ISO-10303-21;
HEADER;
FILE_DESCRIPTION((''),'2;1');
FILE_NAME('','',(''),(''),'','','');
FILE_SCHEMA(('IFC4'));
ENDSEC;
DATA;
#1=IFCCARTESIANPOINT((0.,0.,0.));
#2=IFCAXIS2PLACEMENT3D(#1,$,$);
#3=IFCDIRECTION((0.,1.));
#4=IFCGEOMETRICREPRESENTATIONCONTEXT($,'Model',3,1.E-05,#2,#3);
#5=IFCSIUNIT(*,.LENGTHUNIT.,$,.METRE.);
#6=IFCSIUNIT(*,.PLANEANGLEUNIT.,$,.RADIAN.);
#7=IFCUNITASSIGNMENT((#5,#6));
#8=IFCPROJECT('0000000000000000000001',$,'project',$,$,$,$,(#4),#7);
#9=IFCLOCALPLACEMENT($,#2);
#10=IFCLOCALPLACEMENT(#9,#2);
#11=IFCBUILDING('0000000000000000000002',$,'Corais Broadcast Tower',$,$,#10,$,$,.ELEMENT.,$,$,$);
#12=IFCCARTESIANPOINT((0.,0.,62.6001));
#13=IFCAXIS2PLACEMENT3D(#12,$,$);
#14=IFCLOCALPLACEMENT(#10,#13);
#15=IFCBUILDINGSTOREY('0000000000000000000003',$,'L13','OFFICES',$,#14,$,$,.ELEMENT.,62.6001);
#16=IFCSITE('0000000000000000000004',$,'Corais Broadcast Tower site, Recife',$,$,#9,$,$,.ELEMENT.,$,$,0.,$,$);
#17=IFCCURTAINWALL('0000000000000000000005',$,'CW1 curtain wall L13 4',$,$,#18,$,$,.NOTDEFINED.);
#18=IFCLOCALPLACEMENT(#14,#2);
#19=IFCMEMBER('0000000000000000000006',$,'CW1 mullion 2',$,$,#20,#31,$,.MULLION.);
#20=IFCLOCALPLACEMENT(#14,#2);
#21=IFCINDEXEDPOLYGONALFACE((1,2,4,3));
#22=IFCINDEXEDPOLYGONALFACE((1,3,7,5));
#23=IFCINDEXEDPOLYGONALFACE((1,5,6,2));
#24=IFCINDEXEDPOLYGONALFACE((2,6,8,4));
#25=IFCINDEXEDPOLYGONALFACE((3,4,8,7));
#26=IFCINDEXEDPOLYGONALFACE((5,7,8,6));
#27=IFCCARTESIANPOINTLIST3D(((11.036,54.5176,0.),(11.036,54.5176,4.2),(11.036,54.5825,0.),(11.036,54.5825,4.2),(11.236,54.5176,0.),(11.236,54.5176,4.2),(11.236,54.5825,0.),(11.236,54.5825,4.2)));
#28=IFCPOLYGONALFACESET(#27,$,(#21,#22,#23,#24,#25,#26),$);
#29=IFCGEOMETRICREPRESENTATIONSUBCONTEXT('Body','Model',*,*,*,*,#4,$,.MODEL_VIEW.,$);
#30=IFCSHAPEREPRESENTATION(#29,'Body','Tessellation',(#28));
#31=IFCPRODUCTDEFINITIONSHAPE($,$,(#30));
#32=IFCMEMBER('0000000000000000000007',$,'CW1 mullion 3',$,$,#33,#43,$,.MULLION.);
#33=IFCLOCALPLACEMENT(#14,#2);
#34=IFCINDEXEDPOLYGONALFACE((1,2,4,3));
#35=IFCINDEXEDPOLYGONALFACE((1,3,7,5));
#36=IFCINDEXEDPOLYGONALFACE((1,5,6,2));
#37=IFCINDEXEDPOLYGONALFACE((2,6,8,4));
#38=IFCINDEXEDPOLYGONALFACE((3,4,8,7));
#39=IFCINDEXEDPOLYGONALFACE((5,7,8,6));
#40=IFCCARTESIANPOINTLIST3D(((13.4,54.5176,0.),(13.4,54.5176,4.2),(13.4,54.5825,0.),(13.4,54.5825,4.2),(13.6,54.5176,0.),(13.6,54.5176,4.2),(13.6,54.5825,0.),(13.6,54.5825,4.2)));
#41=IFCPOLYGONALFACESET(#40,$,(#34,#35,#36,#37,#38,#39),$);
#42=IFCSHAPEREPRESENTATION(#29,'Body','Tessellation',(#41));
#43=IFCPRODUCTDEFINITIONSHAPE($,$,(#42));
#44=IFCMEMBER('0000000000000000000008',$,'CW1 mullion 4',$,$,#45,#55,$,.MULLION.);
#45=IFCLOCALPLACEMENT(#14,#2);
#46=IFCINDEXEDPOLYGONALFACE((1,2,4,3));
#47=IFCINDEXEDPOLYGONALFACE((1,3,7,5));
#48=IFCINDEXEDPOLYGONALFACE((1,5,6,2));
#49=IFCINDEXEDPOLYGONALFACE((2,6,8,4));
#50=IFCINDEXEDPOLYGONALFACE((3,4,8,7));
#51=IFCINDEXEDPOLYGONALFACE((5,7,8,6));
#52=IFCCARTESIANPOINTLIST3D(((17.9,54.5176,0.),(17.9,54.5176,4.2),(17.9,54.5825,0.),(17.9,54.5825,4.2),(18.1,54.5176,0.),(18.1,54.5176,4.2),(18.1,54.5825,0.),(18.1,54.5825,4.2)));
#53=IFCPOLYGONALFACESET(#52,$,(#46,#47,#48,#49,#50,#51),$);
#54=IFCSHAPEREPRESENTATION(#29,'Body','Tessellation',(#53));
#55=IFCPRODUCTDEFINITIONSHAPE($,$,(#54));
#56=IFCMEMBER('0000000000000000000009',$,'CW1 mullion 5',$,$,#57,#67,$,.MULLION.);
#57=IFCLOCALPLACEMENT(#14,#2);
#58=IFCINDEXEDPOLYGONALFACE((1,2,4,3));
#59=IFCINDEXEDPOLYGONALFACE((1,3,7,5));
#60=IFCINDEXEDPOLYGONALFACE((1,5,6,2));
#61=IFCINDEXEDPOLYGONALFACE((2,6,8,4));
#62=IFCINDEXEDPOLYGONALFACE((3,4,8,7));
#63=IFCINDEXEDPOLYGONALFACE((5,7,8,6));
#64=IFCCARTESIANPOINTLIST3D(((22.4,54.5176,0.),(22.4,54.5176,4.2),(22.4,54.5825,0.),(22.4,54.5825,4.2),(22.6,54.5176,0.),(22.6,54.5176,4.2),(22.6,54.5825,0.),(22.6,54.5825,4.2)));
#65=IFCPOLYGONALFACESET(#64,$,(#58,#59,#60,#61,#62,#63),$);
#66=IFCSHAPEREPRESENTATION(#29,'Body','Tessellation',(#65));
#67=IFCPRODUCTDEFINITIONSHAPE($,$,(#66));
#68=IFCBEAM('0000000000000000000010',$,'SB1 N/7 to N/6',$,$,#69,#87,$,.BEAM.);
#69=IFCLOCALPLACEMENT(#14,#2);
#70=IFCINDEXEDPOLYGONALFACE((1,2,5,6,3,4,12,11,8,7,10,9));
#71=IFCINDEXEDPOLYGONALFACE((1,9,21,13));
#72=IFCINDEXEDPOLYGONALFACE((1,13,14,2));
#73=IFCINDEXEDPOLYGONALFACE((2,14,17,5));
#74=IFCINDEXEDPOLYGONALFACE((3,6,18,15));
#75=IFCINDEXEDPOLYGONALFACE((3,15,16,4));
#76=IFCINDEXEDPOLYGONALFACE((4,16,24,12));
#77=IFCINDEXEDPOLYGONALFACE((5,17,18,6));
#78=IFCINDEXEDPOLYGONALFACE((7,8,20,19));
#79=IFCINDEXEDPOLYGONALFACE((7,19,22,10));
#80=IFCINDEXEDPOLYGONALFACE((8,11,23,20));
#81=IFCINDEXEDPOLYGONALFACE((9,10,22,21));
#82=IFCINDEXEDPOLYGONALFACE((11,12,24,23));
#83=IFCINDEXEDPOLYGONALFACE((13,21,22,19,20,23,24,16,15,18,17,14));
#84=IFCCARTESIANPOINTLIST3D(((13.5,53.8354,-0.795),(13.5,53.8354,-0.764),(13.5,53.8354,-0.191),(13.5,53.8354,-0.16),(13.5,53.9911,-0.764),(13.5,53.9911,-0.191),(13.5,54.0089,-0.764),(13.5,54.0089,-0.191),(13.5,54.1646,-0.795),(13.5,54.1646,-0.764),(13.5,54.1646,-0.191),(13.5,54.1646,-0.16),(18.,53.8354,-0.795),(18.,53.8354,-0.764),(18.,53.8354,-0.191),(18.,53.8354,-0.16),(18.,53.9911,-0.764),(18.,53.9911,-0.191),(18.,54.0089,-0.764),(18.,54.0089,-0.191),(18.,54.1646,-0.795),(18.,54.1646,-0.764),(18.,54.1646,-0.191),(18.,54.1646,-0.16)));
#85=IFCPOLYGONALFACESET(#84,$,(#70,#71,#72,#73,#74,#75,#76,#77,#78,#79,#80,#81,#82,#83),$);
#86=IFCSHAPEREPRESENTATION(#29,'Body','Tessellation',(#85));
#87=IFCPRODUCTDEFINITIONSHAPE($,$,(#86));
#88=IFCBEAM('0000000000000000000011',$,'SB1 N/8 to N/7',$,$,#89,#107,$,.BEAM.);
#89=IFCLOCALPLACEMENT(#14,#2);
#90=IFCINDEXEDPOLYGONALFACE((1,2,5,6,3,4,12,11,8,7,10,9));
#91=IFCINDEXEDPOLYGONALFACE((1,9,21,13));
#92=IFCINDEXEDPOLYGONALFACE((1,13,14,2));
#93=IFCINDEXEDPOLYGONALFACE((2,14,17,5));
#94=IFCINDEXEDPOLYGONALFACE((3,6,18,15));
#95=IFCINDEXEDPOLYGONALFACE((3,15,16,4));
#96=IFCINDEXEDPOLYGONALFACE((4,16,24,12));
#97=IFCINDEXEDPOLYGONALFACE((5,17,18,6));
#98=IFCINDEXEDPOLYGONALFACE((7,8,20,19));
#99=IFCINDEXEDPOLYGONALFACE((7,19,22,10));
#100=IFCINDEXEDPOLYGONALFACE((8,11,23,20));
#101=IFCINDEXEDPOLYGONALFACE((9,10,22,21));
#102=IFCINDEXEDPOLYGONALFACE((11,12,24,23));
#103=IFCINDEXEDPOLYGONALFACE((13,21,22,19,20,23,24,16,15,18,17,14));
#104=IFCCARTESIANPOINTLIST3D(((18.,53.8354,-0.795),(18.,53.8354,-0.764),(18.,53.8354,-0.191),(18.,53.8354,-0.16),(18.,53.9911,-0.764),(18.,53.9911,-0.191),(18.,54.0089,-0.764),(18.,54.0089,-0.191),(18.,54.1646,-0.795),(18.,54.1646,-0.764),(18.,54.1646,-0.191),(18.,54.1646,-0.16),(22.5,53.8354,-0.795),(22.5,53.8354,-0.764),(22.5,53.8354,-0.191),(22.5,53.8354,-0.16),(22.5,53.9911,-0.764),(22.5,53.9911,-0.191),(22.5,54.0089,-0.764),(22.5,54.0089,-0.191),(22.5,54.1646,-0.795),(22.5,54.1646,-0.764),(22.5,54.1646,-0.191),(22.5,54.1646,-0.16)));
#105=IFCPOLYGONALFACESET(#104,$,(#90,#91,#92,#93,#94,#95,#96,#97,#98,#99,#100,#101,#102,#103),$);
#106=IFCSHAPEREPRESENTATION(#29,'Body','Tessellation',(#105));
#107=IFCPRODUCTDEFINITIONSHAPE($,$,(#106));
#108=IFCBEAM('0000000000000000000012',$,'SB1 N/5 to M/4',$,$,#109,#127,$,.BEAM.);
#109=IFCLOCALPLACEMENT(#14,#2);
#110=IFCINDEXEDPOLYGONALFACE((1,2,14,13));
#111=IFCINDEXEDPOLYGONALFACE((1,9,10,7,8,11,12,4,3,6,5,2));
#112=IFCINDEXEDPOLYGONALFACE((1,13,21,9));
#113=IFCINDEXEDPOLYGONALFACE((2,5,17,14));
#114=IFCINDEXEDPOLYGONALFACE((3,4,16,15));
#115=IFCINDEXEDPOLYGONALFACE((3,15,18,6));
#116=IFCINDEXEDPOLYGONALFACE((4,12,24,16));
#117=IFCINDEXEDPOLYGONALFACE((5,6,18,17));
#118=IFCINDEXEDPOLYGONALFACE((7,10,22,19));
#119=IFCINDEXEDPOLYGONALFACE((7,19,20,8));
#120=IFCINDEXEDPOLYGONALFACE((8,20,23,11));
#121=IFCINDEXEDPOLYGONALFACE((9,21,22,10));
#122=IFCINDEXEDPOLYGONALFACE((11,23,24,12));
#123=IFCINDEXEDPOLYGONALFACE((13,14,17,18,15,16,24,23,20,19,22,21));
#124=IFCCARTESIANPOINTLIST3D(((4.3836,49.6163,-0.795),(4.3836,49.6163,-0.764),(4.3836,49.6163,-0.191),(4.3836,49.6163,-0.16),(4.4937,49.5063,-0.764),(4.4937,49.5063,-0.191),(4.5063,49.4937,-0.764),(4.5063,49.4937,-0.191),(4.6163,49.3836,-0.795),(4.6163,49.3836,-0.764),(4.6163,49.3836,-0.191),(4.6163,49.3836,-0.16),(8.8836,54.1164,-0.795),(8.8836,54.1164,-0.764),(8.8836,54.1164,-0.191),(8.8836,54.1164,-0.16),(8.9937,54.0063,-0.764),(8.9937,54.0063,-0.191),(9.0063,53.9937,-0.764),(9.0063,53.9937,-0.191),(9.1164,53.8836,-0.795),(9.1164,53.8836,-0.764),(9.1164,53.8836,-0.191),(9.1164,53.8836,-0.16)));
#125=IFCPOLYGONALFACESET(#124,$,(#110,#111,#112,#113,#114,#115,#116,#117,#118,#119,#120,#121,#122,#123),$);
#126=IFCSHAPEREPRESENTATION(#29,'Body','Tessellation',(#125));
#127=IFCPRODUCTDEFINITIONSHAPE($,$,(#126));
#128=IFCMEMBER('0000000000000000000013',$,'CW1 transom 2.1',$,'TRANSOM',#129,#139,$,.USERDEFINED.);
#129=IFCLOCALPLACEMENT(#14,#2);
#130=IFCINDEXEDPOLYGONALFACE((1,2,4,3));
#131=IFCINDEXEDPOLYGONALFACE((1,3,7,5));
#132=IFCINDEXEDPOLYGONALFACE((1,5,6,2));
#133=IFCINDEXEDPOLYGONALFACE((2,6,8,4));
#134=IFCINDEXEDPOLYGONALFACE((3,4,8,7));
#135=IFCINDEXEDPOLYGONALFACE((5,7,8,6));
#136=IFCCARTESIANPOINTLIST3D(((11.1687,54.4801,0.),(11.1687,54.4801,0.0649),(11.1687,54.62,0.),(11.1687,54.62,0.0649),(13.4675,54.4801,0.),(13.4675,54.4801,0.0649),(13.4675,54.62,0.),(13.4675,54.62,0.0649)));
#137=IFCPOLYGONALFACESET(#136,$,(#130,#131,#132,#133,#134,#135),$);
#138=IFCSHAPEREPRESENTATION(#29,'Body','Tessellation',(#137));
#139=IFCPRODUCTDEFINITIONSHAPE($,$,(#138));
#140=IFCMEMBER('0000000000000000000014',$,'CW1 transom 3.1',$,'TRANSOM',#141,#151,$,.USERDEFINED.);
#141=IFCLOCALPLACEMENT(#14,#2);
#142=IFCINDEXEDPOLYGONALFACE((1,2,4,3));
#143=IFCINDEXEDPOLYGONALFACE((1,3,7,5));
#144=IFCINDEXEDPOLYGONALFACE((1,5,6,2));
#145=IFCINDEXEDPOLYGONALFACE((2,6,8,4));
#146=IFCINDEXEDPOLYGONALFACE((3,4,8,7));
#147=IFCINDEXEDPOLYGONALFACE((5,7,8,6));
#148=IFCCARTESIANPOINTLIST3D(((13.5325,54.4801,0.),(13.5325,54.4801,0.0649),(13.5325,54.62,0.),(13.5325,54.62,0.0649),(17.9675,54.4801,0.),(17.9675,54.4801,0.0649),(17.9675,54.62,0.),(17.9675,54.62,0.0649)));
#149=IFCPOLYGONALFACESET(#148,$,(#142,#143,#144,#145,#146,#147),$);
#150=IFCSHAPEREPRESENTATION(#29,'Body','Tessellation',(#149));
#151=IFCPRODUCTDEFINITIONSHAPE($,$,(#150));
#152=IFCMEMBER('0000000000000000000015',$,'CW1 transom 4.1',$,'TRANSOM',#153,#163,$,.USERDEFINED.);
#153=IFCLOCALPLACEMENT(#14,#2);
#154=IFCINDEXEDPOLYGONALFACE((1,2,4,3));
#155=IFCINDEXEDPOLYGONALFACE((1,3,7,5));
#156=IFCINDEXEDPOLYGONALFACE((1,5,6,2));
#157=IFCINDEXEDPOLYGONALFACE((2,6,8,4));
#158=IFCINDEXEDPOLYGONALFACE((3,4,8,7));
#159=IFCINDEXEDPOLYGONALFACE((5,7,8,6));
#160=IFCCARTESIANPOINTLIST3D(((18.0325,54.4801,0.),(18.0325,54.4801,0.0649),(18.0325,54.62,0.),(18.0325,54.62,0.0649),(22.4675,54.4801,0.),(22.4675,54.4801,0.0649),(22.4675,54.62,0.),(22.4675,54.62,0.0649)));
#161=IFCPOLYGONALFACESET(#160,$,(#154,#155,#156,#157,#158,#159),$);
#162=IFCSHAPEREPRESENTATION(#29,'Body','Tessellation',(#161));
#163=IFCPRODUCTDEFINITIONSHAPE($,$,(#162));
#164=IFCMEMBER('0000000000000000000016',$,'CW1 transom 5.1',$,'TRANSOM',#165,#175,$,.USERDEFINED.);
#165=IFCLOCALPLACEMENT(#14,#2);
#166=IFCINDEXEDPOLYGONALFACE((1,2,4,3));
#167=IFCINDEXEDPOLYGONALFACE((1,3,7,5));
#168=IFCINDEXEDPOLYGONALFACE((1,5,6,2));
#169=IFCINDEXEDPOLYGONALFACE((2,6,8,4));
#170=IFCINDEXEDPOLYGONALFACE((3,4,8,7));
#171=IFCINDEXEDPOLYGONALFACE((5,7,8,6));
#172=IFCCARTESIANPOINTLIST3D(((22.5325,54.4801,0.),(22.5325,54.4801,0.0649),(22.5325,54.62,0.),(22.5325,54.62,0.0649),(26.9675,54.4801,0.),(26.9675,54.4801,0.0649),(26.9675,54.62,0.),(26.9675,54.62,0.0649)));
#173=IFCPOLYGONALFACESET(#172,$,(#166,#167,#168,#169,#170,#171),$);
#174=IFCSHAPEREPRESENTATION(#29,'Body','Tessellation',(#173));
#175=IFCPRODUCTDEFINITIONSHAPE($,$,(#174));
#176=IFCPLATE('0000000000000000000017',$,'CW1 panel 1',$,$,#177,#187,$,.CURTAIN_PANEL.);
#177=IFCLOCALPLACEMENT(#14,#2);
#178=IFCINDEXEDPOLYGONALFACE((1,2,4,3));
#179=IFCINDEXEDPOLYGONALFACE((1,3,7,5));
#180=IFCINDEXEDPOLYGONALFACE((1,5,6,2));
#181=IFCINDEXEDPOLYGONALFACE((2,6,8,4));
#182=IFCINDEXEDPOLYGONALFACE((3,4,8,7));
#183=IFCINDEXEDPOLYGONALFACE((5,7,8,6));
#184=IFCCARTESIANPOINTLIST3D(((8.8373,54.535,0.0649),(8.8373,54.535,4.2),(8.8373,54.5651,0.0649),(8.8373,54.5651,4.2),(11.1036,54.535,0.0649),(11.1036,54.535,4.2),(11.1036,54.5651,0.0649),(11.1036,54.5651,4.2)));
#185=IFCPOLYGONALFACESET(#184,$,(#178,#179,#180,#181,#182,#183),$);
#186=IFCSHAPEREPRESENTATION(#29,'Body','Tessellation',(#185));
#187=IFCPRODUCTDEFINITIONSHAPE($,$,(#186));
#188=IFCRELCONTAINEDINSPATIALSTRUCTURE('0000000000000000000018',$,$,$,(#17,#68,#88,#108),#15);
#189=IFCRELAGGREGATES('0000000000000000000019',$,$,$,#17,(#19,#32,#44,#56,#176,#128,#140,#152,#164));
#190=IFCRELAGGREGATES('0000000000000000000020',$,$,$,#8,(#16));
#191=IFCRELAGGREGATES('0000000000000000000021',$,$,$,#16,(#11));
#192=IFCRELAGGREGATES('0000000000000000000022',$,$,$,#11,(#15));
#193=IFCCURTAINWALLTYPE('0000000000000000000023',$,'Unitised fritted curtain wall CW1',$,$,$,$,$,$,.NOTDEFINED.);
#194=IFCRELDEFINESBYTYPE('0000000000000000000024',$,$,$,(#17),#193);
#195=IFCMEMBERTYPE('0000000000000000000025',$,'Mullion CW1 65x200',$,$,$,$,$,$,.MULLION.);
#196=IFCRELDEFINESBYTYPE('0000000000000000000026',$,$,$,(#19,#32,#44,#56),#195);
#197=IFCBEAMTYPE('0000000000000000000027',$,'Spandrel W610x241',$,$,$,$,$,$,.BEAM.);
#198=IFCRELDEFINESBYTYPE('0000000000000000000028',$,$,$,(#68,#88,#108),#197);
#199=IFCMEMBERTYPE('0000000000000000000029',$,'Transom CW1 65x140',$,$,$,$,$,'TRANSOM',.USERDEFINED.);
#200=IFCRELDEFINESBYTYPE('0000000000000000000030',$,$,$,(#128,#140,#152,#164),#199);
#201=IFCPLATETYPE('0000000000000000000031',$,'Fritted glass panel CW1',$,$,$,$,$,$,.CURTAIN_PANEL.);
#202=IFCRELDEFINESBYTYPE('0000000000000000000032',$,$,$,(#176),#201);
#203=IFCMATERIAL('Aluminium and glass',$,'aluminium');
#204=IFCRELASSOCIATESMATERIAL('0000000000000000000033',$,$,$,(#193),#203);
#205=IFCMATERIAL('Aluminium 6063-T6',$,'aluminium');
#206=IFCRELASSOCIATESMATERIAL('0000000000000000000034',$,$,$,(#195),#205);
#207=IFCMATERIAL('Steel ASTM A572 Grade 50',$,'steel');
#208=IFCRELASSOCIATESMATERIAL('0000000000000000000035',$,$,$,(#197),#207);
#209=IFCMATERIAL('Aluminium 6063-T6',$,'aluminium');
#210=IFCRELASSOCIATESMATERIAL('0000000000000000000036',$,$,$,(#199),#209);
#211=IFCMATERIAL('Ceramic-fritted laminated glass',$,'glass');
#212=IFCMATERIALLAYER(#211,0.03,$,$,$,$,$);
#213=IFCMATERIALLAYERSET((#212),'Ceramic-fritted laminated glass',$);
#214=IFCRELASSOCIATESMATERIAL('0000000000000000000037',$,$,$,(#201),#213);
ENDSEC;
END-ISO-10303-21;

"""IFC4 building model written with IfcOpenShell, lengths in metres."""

from ifc_helpers import new_model, si_unit, direction, frame, origin, origin_2d, place, context, subcontext, project, spatial, rectangle, i_section, extrude, material, layer, layer_set, material_profile, profile_set, type_object, element, aggregate, save


model = new_model("IFC4")

# Units and contexts
model_context = context("Model", 3, precision=1e-05, world=origin(), true_north=direction((0.0, 1.0)))
body_context = subcontext(model_context, "Body", "Model", "MODEL_VIEW")
ifc_project = project(units=[si_unit("LENGTHUNIT", "METRE"), si_unit("PLANEANGLEUNIT", "RADIAN")], contexts=[model_context])

# Site, building, storey
site_placement = place(None, origin())
site = spatial("IfcSite", under=ifc_project, at=site_placement, Name="Corais Broadcast Tower site, Recife", CompositionType="ELEMENT", RefElevation=0.0)
building_placement = place(site_placement, origin())
building = spatial("IfcBuilding", under=site, at=building_placement, Name="Corais Broadcast Tower", CompositionType="ELEMENT")
storey_placement = place(building_placement, frame((0.0, 0.0, 62.6001)))
storey = spatial("IfcBuildingStorey", under=building, at=storey_placement, Name="L13", Description="OFFICES", CompositionType="ELEMENT", Elevation=62.6001)

# Curtain wall, members
ifc_material_1 = material(Name="Aluminium and glass", Category="aluminium")
curtain_wall_type = type_object("IfcCurtainWallType", Name="Unitised fritted curtain wall CW1", PredefinedType="NOTDEFINED", material=ifc_material_1)
curtain_wall_placement = place(storey_placement, origin())
curtain_wall = element("IfcCurtainWall", 1, at=curtain_wall_placement, inside=storey, type_object=curtain_wall_type, Name="CW1 curtain wall L13 4", PredefinedType="NOTDEFINED")
ifc_material_2 = material(Name="Aluminium 6063-T6", Category="aluminium")
ifc_material_profile_1 = material_profile(ifc_material_2, rectangle(XDim=0.0649, YDim=0.2, at=origin_2d()), Name="Mullion CW1 65x200")
ifc_profile_set_1 = profile_set([ifc_material_profile_1], Name="Aluminium 6063-T6")
member_type_1 = type_object("IfcMemberType", Name="Mullion CW1 65x200", PredefinedType="MULLION", material=ifc_profile_set_1)
member_1_placement = place(storey_placement, frame((11.136, 54.55, 0.0), z_axis=(0.0, 0.0, 1.0), x_axis=(0.0, 1.0, 0.0)))
member_1 = element("IfcMember", 2, at=member_1_placement, type_object=member_type_1, Name="CW1 mullion 2", PredefinedType="MULLION", context=body_context, shape_type="SweptSolid", body=[
    extrude(rectangle(XDim=0.0649, YDim=0.2, at=origin_2d()), origin(), (0.0, 0.0, 1.0), 4.2),
])
member_2_placement = place(storey_placement, frame((13.5, 54.55, 0.0), z_axis=(0.0, 0.0, 1.0), x_axis=(0.0, 1.0, 0.0)))
member_2 = element("IfcMember", 3, at=member_2_placement, type_object=member_type_1, Name="CW1 mullion 3", PredefinedType="MULLION", context=body_context, shape_type="SweptSolid", body=[
    extrude(rectangle(XDim=0.0649, YDim=0.2, at=origin_2d()), origin(), (0.0, 0.0, 1.0), 4.2),
])
member_3_placement = place(storey_placement, frame((18.0, 54.55, 0.0), z_axis=(0.0, 0.0, 1.0), x_axis=(0.0, 1.0, 0.0)))
member_3 = element("IfcMember", 4, at=member_3_placement, type_object=member_type_1, Name="CW1 mullion 4", PredefinedType="MULLION", context=body_context, shape_type="SweptSolid", body=[
    extrude(rectangle(XDim=0.0649, YDim=0.2, at=origin_2d()), origin(), (0.0, 0.0, 1.0), 4.2),
])
member_4_placement = place(storey_placement, frame((22.5, 54.55, 0.0), z_axis=(0.0, 0.0, 1.0), x_axis=(0.0, 1.0, 0.0)))
member_4 = element("IfcMember", 5, at=member_4_placement, type_object=member_type_1, Name="CW1 mullion 5", PredefinedType="MULLION", context=body_context, shape_type="SweptSolid", body=[
    extrude(rectangle(XDim=0.0649, YDim=0.2, at=origin_2d()), origin(), (0.0, 0.0, 1.0), 4.2),
])

# Beams
ifc_material_3 = material(Name="Steel ASTM A572 Grade 50", Category="steel")
ifc_material_profile_2 = material_profile(ifc_material_3, i_section(OverallWidth=0.3291, OverallDepth=0.635, WebThickness=0.0178, FlangeThickness=0.031, at=origin_2d()), Name="W610x241")
ifc_profile_set_2 = profile_set([ifc_material_profile_2], Name="Steel ASTM A572 Grade 50")
beam_type_1 = type_object("IfcBeamType", Name="Spandrel W610x241", PredefinedType="BEAM", material=ifc_profile_set_2)
for number, where, z_axis, x_axis, name in (
    (6, (18.0, 54.0, -0.4775), (-1.0, 0.0, 0.0), (0.0, -1.0, 0.0), "SB1 N/7 to N/6"),
    (7, (22.5, 54.0, -0.4775), (-1.0, 0.0, 0.0), (0.0, -1.0, 0.0), "SB1 N/8 to N/7"),
):
    element("IfcBeam", number, at=place(storey_placement, frame(where, z_axis=z_axis, x_axis=x_axis)), inside=storey, type_object=beam_type_1, Name=name, PredefinedType="BEAM", context=body_context, shape_type="SweptSolid", body=[
        extrude(i_section(OverallWidth=0.3291, OverallDepth=0.635, WebThickness=0.0178, FlangeThickness=0.031, at=origin_2d()), origin(), (0.0, 0.0, 1.0), 4.5),
    ])
beam_1_placement = place(storey_placement, frame((9.0, 54.0, -0.4775), z_axis=(-0.707107, -0.707107, 0.0), x_axis=(0.707107, -0.707107, 0.0)))
element("IfcBeam", 8, at=beam_1_placement, inside=storey, type_object=beam_type_1, Name="SB1 N/5 to M/4", PredefinedType="BEAM", context=body_context, shape_type="SweptSolid", body=[
    extrude(i_section(OverallWidth=0.3291, OverallDepth=0.635, WebThickness=0.0178, FlangeThickness=0.031, at=origin_2d()), origin(), (0.0, 0.0, 1.0), 6.364),
])

# Members
ifc_material_4 = material(Name="Aluminium 6063-T6", Category="aluminium")
ifc_material_profile_3 = material_profile(ifc_material_4, rectangle(XDim=0.1399, YDim=0.0649, at=origin_2d()), Name="Transom CW1 65x140")
ifc_profile_set_3 = profile_set([ifc_material_profile_3], Name="Aluminium 6063-T6")
member_type_2 = type_object("IfcMemberType", Name="Transom CW1 65x140", ElementType="TRANSOM", PredefinedType="USERDEFINED", material=ifc_profile_set_3)
member_5_placement = place(storey_placement, frame((11.1687, 54.55, 0.0325), z_axis=(1.0, 0.0, 0.0), x_axis=(0.0, 1.0, 0.0)))
member_5 = element("IfcMember", 9, at=member_5_placement, type_object=member_type_2, Name="CW1 transom 2.1", ObjectType="TRANSOM", PredefinedType="USERDEFINED", context=body_context, shape_type="SweptSolid", body=[
    extrude(rectangle(XDim=0.1399, YDim=0.0649, at=origin_2d()), origin(), (0.0, 0.0, 1.0), 2.2988),
])
member_6_placement = place(storey_placement, frame((13.5325, 54.55, 0.0325), z_axis=(1.0, 0.0, 0.0), x_axis=(0.0, 1.0, 0.0)))
member_6 = element("IfcMember", 10, at=member_6_placement, type_object=member_type_2, Name="CW1 transom 3.1", ObjectType="TRANSOM", PredefinedType="USERDEFINED", context=body_context, shape_type="SweptSolid", body=[
    extrude(rectangle(XDim=0.1399, YDim=0.0649, at=origin_2d()), origin(), (0.0, 0.0, 1.0), 4.4351),
])
member_7_placement = place(storey_placement, frame((18.0325, 54.55, 0.0325), z_axis=(1.0, 0.0, 0.0), x_axis=(0.0, 1.0, 0.0)))
member_7 = element("IfcMember", 11, at=member_7_placement, type_object=member_type_2, Name="CW1 transom 4.1", ObjectType="TRANSOM", PredefinedType="USERDEFINED", context=body_context, shape_type="SweptSolid", body=[
    extrude(rectangle(XDim=0.1399, YDim=0.0649, at=origin_2d()), origin(), (0.0, 0.0, 1.0), 4.4351),
])
member_8_placement = place(storey_placement, frame((22.5325, 54.55, 0.0325), z_axis=(1.0, 0.0, 0.0), x_axis=(0.0, 1.0, 0.0)))
member_8 = element("IfcMember", 12, at=member_8_placement, type_object=member_type_2, Name="CW1 transom 5.1", ObjectType="TRANSOM", PredefinedType="USERDEFINED", context=body_context, shape_type="SweptSolid", body=[
    extrude(rectangle(XDim=0.1399, YDim=0.0649, at=origin_2d()), origin(), (0.0, 0.0, 1.0), 4.4351),
])

# Plate
ifc_material_5 = material(Name="Ceramic-fritted laminated glass", Category="glass")
ifc_layer_1 = layer(ifc_material_5, 0.03)
ifc_layer_set_1 = layer_set([ifc_layer_1], Name="Ceramic-fritted laminated glass")
plate_type_1 = type_object("IfcPlateType", Name="Fritted glass panel CW1", PredefinedType="CURTAIN_PANEL", material=ifc_layer_set_1)
plate_1_placement = place(storey_placement, frame((9.9705, 54.55, 0.0649), z_axis=(0.0, 0.0, 1.0), x_axis=(1.0, 0.0, 0.0)))
plate_1 = element("IfcPlate", 13, at=plate_1_placement, type_object=plate_type_1, Name="CW1 panel 1", PredefinedType="CURTAIN_PANEL", context=body_context, shape_type="SweptSolid", body=[
    extrude(rectangle(XDim=2.2664, YDim=0.03, at=origin_2d()), origin(), (0.0, 0.0, 1.0), 4.135),
])
aggregate(curtain_wall, [member_1, member_2, member_3, member_4, plate_1, member_5, member_6, member_7, member_8])

save(model, "model.ifc")
